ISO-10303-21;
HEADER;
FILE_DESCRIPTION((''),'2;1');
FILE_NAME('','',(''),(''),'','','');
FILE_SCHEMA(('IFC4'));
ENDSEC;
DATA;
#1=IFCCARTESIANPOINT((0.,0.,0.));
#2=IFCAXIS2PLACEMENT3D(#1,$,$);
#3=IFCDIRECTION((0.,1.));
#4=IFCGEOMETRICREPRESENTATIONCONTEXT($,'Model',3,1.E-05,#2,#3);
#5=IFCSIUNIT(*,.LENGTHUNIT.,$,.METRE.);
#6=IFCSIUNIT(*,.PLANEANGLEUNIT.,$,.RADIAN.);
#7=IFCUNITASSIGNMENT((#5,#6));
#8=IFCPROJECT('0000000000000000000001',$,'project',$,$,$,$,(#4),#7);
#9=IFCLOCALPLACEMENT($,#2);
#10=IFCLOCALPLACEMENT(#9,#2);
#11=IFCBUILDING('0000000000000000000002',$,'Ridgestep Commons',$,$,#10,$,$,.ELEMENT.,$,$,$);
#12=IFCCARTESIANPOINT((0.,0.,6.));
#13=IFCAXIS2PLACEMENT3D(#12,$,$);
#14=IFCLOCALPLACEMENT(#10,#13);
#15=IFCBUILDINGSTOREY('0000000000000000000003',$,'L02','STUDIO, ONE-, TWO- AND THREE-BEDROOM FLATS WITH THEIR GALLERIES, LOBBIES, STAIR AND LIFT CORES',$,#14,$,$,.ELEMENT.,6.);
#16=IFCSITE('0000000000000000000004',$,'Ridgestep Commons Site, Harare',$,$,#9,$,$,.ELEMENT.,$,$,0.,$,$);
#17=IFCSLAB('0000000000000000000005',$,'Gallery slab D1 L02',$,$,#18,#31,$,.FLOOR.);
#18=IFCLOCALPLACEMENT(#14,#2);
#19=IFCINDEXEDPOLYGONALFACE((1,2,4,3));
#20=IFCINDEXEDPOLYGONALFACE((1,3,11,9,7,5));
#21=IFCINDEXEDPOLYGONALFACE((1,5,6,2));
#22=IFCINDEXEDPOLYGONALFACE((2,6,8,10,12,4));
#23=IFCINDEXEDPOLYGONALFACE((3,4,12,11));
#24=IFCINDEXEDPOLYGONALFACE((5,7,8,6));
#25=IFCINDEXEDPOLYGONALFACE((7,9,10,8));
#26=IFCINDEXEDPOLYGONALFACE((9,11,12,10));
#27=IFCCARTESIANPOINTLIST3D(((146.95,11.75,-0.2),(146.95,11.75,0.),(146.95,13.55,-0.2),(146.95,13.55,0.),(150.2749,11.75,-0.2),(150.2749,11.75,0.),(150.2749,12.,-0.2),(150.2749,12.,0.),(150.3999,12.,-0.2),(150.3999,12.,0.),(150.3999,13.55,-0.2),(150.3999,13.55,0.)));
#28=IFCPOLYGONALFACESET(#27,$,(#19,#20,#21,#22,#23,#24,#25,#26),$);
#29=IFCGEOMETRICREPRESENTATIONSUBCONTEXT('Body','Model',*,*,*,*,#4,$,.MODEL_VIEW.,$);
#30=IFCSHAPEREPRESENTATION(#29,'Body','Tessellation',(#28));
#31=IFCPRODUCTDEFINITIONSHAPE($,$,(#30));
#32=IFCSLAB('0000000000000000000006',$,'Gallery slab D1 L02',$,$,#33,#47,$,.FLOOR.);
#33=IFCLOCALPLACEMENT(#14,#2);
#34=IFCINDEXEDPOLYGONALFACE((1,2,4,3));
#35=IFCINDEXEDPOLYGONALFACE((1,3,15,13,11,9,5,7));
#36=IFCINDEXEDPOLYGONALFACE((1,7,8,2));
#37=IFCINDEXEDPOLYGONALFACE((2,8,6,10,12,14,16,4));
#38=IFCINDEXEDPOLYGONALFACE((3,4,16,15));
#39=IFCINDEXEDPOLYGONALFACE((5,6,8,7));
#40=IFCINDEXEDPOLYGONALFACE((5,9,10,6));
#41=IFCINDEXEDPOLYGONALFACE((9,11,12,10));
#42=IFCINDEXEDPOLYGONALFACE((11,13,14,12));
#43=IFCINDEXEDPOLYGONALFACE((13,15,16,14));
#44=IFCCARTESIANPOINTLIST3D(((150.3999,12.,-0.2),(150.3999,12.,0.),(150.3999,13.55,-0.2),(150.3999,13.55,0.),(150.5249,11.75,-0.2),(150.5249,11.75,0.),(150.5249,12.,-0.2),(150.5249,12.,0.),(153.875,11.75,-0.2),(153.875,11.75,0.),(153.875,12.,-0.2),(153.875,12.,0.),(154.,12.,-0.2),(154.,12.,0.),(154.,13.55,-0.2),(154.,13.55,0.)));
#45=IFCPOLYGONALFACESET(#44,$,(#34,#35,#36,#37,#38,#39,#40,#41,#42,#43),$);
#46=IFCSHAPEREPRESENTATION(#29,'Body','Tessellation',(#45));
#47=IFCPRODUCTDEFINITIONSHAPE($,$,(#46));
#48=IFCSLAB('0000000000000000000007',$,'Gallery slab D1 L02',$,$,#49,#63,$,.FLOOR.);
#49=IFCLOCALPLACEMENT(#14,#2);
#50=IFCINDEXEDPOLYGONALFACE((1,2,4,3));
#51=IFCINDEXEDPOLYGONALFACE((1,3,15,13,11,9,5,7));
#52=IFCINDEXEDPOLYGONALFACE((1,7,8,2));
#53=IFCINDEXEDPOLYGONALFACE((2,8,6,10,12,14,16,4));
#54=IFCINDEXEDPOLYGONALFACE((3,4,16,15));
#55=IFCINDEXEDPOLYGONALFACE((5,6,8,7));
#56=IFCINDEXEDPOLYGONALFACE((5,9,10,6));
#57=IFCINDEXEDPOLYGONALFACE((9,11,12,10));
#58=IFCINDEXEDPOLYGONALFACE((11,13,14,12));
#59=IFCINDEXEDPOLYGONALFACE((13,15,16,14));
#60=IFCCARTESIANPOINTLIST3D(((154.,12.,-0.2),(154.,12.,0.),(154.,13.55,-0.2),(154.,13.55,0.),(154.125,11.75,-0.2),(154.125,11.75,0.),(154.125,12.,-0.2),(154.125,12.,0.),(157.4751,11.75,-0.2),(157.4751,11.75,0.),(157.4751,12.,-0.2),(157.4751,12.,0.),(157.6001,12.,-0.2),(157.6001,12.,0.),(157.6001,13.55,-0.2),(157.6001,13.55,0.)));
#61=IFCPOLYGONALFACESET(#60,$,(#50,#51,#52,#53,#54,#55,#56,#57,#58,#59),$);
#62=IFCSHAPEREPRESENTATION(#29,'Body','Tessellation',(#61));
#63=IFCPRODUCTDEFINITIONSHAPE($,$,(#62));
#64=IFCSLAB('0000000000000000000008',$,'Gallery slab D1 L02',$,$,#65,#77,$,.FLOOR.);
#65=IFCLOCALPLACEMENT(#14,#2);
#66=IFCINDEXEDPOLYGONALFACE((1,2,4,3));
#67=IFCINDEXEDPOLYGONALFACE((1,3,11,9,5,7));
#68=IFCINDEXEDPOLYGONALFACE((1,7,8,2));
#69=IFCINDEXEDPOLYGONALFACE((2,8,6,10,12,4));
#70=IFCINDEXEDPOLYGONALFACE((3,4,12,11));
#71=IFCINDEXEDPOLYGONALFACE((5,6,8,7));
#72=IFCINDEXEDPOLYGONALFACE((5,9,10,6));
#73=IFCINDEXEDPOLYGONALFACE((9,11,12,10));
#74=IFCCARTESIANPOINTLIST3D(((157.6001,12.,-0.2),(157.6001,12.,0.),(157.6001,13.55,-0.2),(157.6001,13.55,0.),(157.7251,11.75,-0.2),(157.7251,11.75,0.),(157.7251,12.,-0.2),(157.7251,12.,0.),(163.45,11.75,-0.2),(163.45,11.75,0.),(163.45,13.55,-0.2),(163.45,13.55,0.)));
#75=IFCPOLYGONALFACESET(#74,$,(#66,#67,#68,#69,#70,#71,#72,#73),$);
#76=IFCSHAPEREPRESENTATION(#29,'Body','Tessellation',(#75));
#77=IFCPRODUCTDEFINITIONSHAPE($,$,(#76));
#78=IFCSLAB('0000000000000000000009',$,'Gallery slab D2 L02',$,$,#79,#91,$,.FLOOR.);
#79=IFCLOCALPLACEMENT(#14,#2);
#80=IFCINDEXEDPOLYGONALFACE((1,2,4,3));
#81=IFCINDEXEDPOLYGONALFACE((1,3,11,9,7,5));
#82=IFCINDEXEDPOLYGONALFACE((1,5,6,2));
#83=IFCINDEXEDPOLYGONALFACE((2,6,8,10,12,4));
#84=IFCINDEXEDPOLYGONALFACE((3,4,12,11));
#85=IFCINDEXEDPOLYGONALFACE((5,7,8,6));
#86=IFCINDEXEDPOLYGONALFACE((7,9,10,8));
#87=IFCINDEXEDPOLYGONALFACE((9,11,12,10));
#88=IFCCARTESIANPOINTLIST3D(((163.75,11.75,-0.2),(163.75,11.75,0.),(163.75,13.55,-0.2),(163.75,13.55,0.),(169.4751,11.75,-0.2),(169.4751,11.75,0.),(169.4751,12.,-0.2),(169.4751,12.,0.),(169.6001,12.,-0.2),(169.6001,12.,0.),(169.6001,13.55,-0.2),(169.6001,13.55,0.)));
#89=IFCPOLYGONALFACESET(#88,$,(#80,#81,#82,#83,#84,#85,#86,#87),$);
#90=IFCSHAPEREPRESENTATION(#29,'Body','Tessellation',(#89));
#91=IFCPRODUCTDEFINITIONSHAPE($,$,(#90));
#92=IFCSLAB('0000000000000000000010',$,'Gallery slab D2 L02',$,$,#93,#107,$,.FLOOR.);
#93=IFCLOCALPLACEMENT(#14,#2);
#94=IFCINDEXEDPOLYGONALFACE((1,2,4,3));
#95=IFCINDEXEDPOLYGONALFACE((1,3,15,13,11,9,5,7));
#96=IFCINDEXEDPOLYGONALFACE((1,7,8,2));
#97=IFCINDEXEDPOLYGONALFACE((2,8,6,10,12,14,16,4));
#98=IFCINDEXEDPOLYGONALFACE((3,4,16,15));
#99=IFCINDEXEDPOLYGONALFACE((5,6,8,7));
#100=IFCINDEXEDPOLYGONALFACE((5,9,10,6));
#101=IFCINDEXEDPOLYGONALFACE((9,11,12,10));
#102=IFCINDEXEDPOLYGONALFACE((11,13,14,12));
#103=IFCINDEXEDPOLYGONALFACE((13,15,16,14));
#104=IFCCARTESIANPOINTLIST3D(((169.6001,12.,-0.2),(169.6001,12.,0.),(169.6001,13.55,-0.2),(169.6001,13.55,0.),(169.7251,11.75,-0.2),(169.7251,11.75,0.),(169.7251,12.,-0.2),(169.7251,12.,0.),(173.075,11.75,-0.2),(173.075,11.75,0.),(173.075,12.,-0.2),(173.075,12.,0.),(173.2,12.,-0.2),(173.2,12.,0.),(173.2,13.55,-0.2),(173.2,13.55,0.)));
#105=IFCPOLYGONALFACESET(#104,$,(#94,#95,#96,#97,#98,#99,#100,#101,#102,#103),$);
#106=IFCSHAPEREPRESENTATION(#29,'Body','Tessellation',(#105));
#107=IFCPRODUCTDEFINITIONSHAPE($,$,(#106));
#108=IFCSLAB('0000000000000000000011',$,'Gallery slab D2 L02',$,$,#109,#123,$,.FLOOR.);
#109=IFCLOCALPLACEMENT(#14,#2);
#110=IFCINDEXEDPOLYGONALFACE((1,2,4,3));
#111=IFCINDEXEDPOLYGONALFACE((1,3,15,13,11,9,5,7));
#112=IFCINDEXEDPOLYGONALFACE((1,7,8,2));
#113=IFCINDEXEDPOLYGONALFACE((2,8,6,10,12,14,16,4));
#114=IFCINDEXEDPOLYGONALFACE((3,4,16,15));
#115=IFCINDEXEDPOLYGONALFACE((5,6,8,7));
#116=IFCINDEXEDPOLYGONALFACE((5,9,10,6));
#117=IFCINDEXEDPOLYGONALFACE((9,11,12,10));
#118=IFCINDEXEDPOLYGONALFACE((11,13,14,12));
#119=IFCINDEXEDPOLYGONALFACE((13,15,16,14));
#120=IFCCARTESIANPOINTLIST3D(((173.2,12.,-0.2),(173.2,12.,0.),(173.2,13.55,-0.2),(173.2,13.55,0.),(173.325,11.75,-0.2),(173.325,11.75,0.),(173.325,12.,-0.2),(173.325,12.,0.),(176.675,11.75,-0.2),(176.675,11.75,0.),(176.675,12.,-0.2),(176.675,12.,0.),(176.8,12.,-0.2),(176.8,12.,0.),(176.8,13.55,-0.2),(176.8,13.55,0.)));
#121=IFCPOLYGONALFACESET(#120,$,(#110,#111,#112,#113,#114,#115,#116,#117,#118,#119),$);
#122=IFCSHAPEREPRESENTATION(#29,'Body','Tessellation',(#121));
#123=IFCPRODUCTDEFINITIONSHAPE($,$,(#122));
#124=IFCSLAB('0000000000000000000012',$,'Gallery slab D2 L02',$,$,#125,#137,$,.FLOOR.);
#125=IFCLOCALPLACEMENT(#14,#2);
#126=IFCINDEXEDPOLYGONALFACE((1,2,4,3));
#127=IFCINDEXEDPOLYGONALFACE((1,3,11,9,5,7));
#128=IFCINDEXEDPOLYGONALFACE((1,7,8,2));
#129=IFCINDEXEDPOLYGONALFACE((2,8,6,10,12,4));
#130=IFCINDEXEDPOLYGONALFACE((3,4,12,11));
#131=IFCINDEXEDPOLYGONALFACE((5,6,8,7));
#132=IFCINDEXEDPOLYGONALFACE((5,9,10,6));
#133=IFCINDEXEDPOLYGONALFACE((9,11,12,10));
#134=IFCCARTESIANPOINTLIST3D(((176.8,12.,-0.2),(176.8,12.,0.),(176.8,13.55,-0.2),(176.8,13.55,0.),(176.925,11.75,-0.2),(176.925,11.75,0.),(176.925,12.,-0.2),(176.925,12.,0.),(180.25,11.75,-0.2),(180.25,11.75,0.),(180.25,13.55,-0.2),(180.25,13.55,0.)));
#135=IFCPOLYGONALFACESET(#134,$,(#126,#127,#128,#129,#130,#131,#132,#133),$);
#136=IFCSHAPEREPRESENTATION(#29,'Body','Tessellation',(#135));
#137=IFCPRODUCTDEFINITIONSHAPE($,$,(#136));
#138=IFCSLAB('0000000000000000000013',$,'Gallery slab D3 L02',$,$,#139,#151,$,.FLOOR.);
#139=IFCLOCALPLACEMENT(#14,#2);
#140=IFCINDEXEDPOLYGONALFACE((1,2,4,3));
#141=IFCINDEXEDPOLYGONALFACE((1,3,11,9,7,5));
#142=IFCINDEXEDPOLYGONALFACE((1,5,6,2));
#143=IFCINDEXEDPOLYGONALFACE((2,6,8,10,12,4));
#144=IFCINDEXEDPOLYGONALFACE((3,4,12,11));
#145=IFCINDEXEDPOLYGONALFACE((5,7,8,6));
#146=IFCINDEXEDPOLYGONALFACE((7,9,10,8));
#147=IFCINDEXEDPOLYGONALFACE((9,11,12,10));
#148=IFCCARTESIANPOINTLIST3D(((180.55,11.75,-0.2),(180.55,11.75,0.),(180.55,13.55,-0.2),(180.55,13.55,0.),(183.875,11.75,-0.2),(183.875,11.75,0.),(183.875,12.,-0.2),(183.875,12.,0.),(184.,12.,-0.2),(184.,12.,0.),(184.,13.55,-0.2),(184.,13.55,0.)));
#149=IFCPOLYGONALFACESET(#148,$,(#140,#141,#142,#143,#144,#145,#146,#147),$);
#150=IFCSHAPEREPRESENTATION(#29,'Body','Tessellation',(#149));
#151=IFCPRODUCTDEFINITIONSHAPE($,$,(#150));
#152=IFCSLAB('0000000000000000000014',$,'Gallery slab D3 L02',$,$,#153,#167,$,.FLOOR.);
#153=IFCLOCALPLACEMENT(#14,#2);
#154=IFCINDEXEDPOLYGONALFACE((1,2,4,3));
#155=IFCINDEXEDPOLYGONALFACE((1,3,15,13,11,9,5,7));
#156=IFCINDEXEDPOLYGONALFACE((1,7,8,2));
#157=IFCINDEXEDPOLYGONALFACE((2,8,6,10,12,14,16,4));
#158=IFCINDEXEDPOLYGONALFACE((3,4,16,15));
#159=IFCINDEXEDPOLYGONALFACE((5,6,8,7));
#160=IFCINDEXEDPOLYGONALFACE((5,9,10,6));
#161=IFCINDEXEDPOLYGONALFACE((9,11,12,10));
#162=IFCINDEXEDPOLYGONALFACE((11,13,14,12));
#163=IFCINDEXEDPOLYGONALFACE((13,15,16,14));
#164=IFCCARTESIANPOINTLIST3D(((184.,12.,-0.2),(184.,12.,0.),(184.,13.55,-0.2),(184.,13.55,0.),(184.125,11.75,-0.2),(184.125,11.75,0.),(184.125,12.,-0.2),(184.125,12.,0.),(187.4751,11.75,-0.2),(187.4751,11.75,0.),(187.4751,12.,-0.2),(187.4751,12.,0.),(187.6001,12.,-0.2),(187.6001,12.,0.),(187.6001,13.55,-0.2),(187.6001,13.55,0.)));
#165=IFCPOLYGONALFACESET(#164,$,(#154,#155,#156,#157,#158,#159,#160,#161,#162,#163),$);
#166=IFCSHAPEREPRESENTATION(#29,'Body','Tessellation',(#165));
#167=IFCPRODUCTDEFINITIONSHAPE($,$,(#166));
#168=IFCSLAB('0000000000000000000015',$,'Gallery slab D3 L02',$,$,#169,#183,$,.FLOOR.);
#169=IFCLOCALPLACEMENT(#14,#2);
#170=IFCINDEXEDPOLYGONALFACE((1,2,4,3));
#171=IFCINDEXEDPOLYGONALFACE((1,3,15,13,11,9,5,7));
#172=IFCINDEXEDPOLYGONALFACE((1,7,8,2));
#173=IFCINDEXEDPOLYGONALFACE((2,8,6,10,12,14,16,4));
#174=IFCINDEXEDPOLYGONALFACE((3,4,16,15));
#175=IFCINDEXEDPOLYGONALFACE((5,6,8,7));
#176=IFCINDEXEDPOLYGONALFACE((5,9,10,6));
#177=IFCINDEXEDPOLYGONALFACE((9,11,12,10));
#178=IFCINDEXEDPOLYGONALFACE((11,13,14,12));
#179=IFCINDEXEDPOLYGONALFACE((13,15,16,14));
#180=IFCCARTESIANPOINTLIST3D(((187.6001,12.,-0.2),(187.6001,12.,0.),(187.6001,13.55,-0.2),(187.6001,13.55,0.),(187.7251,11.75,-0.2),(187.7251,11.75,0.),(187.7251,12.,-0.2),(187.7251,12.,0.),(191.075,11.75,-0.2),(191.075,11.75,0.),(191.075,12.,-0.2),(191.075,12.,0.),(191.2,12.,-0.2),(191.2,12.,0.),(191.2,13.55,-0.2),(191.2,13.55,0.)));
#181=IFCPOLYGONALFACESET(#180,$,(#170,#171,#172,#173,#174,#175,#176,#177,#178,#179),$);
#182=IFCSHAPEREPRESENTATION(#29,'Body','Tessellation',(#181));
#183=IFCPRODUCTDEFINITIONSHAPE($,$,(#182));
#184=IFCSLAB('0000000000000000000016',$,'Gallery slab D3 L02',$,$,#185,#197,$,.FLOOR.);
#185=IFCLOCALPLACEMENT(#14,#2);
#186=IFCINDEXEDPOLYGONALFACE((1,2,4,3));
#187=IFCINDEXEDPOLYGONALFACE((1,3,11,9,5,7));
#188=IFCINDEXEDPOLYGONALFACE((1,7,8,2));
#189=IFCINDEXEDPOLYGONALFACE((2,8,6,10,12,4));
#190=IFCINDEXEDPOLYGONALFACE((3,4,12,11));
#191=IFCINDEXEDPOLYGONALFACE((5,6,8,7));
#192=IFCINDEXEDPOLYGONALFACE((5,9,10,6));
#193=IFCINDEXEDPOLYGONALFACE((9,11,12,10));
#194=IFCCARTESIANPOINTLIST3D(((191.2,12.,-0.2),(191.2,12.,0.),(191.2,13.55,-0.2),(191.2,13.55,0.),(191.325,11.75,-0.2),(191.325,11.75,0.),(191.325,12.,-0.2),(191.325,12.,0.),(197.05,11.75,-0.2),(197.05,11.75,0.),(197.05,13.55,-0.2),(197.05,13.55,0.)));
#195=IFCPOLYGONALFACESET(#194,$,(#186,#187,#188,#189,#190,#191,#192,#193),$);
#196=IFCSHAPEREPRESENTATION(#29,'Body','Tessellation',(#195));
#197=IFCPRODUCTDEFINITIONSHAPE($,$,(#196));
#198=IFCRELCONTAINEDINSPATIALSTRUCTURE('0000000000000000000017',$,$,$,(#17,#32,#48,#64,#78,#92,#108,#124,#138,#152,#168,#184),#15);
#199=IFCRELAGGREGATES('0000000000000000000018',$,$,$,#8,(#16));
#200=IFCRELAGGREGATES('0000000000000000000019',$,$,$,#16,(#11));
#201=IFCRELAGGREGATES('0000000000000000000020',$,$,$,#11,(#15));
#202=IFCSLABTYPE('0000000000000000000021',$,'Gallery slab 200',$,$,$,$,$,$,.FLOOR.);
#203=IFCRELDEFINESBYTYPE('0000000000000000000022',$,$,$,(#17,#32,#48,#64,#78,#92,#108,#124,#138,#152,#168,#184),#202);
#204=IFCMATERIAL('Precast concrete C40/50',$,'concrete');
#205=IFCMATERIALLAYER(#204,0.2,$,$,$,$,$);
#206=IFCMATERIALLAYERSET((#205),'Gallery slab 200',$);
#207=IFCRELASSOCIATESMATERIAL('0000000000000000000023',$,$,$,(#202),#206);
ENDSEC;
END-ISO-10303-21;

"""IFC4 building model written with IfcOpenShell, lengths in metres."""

from ifc_helpers import new_model, si_unit, direction, frame, origin, place, context, subcontext, project, spatial, polyline, outline, extrude, material, layer, layer_set, type_object, element, save


model = new_model("IFC4")

# Units and contexts
model_context = context("Model", 3, precision=1e-05, world=origin(), true_north=direction((0.0, 1.0)))
body_context = subcontext(model_context, "Body", "Model", "MODEL_VIEW")
ifc_project = project(units=[si_unit("LENGTHUNIT", "METRE"), si_unit("PLANEANGLEUNIT", "RADIAN")], contexts=[model_context])

# Site, building, storey
site_placement = place(None, origin())
site = spatial("IfcSite", under=ifc_project, at=site_placement, Name="Ridgestep Commons Site, Harare", CompositionType="ELEMENT", RefElevation=0.0)
building_placement = place(site_placement, origin())
building = spatial("IfcBuilding", under=site, at=building_placement, Name="Ridgestep Commons", CompositionType="ELEMENT")
storey_placement = place(building_placement, frame((0.0, 0.0, 6.0)))
storey = spatial("IfcBuildingStorey", under=building, at=storey_placement, Name="L02", Description="STUDIO, ONE-, TWO- AND THREE-BEDROOM FLATS WITH THEIR GALLERIES, LOBBIES, STAIR AND LIFT CORES", CompositionType="ELEMENT", Elevation=6.0)

# Slabs
ifc_material_1 = material(Name="Precast concrete C40/50", Category="concrete")
ifc_layer_1 = layer(ifc_material_1, 0.2)
ifc_layer_set_1 = layer_set([ifc_layer_1], Name="Gallery slab 200")
slab_type_1 = type_object("IfcSlabType", Name="Gallery slab 200", PredefinedType="FLOOR", material=ifc_layer_set_1)
slab_1_placement = place(storey_placement, frame((0.0, 0.0, -0.2)))
element("IfcSlab", 1, at=slab_1_placement, inside=storey, type_object=slab_type_1, Name="Gallery slab D1 L02", PredefinedType="FLOOR", context=body_context, shape_type="SweptSolid", body=[
    extrude(outline(polyline([(146.95, 11.75), (150.2749, 11.75), (150.2749, 12.0), (150.3999, 12.0), (150.3999, 13.55), (146.95, 13.55), (146.95, 11.75)])), origin(), (0.0, 0.0, 1.0), 0.2),
])
slab_2_placement = place(storey_placement, frame((0.0, 0.0, -0.2)))
element("IfcSlab", 2, at=slab_2_placement, inside=storey, type_object=slab_type_1, Name="Gallery slab D1 L02", PredefinedType="FLOOR", context=body_context, shape_type="SweptSolid", body=[
    extrude(outline(polyline([(154.0, 13.55), (150.3999, 13.55), (150.3999, 12.0), (150.5249, 12.0), (150.5249, 11.75), (153.875, 11.75), (153.875, 12.0), (154.0, 12.0), (154.0, 13.55)])), origin(), (0.0, 0.0, 1.0), 0.2),
])
slab_3_placement = place(storey_placement, frame((0.0, 0.0, -0.2)))
element("IfcSlab", 3, at=slab_3_placement, inside=storey, type_object=slab_type_1, Name="Gallery slab D1 L02", PredefinedType="FLOOR", context=body_context, shape_type="SweptSolid", body=[
    extrude(outline(polyline([(157.6001, 13.55), (154.0, 13.55), (154.0, 12.0), (154.125, 12.0), (154.125, 11.75), (157.4751, 11.75), (157.4751, 12.0), (157.6001, 12.0), (157.6001, 13.55)])), origin(), (0.0, 0.0, 1.0), 0.2),
])
slab_4_placement = place(storey_placement, frame((0.0, 0.0, -0.2)))
element("IfcSlab", 4, at=slab_4_placement, inside=storey, type_object=slab_type_1, Name="Gallery slab D1 L02", PredefinedType="FLOOR", context=body_context, shape_type="SweptSolid", body=[
    extrude(outline(polyline([(157.6001, 13.55), (157.6001, 12.0), (157.7251, 12.0), (157.7251, 11.75), (163.45, 11.75), (163.45, 13.55), (157.6001, 13.55)])), origin(), (0.0, 0.0, 1.0), 0.2),
])
slab_5_placement = place(storey_placement, frame((0.0, 0.0, -0.2)))
element("IfcSlab", 5, at=slab_5_placement, inside=storey, type_object=slab_type_1, Name="Gallery slab D2 L02", PredefinedType="FLOOR", context=body_context, shape_type="SweptSolid", body=[
    extrude(outline(polyline([(163.75, 11.75), (169.4751, 11.75), (169.4751, 12.0), (169.6001, 12.0), (169.6001, 13.55), (163.75, 13.55), (163.75, 11.75)])), origin(), (0.0, 0.0, 1.0), 0.2),
])
slab_6_placement = place(storey_placement, frame((0.0, 0.0, -0.2)))
element("IfcSlab", 6, at=slab_6_placement, inside=storey, type_object=slab_type_1, Name="Gallery slab D2 L02", PredefinedType="FLOOR", context=body_context, shape_type="SweptSolid", body=[
    extrude(outline(polyline([(173.2, 13.55), (169.6001, 13.55), (169.6001, 12.0), (169.7251, 12.0), (169.7251, 11.75), (173.075, 11.75), (173.075, 12.0), (173.2, 12.0), (173.2, 13.55)])), origin(), (0.0, 0.0, 1.0), 0.2),
])
slab_7_placement = place(storey_placement, frame((0.0, 0.0, -0.2)))
element("IfcSlab", 7, at=slab_7_placement, inside=storey, type_object=slab_type_1, Name="Gallery slab D2 L02", PredefinedType="FLOOR", context=body_context, shape_type="SweptSolid", body=[
    extrude(outline(polyline([(176.8, 13.55), (173.2, 13.55), (173.2, 12.0), (173.325, 12.0), (173.325, 11.75), (176.675, 11.75), (176.675, 12.0), (176.8, 12.0), (176.8, 13.55)])), origin(), (0.0, 0.0, 1.0), 0.2),
])
slab_8_placement = place(storey_placement, frame((0.0, 0.0, -0.2)))
element("IfcSlab", 8, at=slab_8_placement, inside=storey, type_object=slab_type_1, Name="Gallery slab D2 L02", PredefinedType="FLOOR", context=body_context, shape_type="SweptSolid", body=[
    extrude(outline(polyline([(176.8, 13.55), (176.8, 12.0), (176.925, 12.0), (176.925, 11.75), (180.25, 11.75), (180.25, 13.55), (176.8, 13.55)])), origin(), (0.0, 0.0, 1.0), 0.2),
])
slab_9_placement = place(storey_placement, frame((0.0, 0.0, -0.2)))
element("IfcSlab", 9, at=slab_9_placement, inside=storey, type_object=slab_type_1, Name="Gallery slab D3 L02", PredefinedType="FLOOR", context=body_context, shape_type="SweptSolid", body=[
    extrude(outline(polyline([(180.55, 11.75), (183.875, 11.75), (183.875, 12.0), (184.0, 12.0), (184.0, 13.55), (180.55, 13.55), (180.55, 11.75)])), origin(), (0.0, 0.0, 1.0), 0.2),
])
slab_10_placement = place(storey_placement, frame((0.0, 0.0, -0.2)))
element("IfcSlab", 10, at=slab_10_placement, inside=storey, type_object=slab_type_1, Name="Gallery slab D3 L02", PredefinedType="FLOOR", context=body_context, shape_type="SweptSolid", body=[
    extrude(outline(polyline([(187.6001, 13.55), (184.0, 13.55), (184.0, 12.0), (184.125, 12.0), (184.125, 11.75), (187.4751, 11.75), (187.4751, 12.0), (187.6001, 12.0), (187.6001, 13.55)])), origin(), (0.0, 0.0, 1.0), 0.2),
])
slab_11_placement = place(storey_placement, frame((0.0, 0.0, -0.2)))
element("IfcSlab", 11, at=slab_11_placement, inside=storey, type_object=slab_type_1, Name="Gallery slab D3 L02", PredefinedType="FLOOR", context=body_context, shape_type="SweptSolid", body=[
    extrude(outline(polyline([(191.2, 13.55), (187.6001, 13.55), (187.6001, 12.0), (187.7251, 12.0), (187.7251, 11.75), (191.075, 11.75), (191.075, 12.0), (191.2, 12.0), (191.2, 13.55)])), origin(), (0.0, 0.0, 1.0), 0.2),
])
slab_12_placement = place(storey_placement, frame((0.0, 0.0, -0.2)))
element("IfcSlab", 12, at=slab_12_placement, inside=storey, type_object=slab_type_1, Name="Gallery slab D3 L02", PredefinedType="FLOOR", context=body_context, shape_type="SweptSolid", body=[
    extrude(outline(polyline([(191.2, 13.55), (191.2, 12.0), (191.325, 12.0), (191.325, 11.75), (197.05, 11.75), (197.05, 13.55), (191.2, 13.55)])), origin(), (0.0, 0.0, 1.0), 0.2),
])

save(model, "model.ifc")
